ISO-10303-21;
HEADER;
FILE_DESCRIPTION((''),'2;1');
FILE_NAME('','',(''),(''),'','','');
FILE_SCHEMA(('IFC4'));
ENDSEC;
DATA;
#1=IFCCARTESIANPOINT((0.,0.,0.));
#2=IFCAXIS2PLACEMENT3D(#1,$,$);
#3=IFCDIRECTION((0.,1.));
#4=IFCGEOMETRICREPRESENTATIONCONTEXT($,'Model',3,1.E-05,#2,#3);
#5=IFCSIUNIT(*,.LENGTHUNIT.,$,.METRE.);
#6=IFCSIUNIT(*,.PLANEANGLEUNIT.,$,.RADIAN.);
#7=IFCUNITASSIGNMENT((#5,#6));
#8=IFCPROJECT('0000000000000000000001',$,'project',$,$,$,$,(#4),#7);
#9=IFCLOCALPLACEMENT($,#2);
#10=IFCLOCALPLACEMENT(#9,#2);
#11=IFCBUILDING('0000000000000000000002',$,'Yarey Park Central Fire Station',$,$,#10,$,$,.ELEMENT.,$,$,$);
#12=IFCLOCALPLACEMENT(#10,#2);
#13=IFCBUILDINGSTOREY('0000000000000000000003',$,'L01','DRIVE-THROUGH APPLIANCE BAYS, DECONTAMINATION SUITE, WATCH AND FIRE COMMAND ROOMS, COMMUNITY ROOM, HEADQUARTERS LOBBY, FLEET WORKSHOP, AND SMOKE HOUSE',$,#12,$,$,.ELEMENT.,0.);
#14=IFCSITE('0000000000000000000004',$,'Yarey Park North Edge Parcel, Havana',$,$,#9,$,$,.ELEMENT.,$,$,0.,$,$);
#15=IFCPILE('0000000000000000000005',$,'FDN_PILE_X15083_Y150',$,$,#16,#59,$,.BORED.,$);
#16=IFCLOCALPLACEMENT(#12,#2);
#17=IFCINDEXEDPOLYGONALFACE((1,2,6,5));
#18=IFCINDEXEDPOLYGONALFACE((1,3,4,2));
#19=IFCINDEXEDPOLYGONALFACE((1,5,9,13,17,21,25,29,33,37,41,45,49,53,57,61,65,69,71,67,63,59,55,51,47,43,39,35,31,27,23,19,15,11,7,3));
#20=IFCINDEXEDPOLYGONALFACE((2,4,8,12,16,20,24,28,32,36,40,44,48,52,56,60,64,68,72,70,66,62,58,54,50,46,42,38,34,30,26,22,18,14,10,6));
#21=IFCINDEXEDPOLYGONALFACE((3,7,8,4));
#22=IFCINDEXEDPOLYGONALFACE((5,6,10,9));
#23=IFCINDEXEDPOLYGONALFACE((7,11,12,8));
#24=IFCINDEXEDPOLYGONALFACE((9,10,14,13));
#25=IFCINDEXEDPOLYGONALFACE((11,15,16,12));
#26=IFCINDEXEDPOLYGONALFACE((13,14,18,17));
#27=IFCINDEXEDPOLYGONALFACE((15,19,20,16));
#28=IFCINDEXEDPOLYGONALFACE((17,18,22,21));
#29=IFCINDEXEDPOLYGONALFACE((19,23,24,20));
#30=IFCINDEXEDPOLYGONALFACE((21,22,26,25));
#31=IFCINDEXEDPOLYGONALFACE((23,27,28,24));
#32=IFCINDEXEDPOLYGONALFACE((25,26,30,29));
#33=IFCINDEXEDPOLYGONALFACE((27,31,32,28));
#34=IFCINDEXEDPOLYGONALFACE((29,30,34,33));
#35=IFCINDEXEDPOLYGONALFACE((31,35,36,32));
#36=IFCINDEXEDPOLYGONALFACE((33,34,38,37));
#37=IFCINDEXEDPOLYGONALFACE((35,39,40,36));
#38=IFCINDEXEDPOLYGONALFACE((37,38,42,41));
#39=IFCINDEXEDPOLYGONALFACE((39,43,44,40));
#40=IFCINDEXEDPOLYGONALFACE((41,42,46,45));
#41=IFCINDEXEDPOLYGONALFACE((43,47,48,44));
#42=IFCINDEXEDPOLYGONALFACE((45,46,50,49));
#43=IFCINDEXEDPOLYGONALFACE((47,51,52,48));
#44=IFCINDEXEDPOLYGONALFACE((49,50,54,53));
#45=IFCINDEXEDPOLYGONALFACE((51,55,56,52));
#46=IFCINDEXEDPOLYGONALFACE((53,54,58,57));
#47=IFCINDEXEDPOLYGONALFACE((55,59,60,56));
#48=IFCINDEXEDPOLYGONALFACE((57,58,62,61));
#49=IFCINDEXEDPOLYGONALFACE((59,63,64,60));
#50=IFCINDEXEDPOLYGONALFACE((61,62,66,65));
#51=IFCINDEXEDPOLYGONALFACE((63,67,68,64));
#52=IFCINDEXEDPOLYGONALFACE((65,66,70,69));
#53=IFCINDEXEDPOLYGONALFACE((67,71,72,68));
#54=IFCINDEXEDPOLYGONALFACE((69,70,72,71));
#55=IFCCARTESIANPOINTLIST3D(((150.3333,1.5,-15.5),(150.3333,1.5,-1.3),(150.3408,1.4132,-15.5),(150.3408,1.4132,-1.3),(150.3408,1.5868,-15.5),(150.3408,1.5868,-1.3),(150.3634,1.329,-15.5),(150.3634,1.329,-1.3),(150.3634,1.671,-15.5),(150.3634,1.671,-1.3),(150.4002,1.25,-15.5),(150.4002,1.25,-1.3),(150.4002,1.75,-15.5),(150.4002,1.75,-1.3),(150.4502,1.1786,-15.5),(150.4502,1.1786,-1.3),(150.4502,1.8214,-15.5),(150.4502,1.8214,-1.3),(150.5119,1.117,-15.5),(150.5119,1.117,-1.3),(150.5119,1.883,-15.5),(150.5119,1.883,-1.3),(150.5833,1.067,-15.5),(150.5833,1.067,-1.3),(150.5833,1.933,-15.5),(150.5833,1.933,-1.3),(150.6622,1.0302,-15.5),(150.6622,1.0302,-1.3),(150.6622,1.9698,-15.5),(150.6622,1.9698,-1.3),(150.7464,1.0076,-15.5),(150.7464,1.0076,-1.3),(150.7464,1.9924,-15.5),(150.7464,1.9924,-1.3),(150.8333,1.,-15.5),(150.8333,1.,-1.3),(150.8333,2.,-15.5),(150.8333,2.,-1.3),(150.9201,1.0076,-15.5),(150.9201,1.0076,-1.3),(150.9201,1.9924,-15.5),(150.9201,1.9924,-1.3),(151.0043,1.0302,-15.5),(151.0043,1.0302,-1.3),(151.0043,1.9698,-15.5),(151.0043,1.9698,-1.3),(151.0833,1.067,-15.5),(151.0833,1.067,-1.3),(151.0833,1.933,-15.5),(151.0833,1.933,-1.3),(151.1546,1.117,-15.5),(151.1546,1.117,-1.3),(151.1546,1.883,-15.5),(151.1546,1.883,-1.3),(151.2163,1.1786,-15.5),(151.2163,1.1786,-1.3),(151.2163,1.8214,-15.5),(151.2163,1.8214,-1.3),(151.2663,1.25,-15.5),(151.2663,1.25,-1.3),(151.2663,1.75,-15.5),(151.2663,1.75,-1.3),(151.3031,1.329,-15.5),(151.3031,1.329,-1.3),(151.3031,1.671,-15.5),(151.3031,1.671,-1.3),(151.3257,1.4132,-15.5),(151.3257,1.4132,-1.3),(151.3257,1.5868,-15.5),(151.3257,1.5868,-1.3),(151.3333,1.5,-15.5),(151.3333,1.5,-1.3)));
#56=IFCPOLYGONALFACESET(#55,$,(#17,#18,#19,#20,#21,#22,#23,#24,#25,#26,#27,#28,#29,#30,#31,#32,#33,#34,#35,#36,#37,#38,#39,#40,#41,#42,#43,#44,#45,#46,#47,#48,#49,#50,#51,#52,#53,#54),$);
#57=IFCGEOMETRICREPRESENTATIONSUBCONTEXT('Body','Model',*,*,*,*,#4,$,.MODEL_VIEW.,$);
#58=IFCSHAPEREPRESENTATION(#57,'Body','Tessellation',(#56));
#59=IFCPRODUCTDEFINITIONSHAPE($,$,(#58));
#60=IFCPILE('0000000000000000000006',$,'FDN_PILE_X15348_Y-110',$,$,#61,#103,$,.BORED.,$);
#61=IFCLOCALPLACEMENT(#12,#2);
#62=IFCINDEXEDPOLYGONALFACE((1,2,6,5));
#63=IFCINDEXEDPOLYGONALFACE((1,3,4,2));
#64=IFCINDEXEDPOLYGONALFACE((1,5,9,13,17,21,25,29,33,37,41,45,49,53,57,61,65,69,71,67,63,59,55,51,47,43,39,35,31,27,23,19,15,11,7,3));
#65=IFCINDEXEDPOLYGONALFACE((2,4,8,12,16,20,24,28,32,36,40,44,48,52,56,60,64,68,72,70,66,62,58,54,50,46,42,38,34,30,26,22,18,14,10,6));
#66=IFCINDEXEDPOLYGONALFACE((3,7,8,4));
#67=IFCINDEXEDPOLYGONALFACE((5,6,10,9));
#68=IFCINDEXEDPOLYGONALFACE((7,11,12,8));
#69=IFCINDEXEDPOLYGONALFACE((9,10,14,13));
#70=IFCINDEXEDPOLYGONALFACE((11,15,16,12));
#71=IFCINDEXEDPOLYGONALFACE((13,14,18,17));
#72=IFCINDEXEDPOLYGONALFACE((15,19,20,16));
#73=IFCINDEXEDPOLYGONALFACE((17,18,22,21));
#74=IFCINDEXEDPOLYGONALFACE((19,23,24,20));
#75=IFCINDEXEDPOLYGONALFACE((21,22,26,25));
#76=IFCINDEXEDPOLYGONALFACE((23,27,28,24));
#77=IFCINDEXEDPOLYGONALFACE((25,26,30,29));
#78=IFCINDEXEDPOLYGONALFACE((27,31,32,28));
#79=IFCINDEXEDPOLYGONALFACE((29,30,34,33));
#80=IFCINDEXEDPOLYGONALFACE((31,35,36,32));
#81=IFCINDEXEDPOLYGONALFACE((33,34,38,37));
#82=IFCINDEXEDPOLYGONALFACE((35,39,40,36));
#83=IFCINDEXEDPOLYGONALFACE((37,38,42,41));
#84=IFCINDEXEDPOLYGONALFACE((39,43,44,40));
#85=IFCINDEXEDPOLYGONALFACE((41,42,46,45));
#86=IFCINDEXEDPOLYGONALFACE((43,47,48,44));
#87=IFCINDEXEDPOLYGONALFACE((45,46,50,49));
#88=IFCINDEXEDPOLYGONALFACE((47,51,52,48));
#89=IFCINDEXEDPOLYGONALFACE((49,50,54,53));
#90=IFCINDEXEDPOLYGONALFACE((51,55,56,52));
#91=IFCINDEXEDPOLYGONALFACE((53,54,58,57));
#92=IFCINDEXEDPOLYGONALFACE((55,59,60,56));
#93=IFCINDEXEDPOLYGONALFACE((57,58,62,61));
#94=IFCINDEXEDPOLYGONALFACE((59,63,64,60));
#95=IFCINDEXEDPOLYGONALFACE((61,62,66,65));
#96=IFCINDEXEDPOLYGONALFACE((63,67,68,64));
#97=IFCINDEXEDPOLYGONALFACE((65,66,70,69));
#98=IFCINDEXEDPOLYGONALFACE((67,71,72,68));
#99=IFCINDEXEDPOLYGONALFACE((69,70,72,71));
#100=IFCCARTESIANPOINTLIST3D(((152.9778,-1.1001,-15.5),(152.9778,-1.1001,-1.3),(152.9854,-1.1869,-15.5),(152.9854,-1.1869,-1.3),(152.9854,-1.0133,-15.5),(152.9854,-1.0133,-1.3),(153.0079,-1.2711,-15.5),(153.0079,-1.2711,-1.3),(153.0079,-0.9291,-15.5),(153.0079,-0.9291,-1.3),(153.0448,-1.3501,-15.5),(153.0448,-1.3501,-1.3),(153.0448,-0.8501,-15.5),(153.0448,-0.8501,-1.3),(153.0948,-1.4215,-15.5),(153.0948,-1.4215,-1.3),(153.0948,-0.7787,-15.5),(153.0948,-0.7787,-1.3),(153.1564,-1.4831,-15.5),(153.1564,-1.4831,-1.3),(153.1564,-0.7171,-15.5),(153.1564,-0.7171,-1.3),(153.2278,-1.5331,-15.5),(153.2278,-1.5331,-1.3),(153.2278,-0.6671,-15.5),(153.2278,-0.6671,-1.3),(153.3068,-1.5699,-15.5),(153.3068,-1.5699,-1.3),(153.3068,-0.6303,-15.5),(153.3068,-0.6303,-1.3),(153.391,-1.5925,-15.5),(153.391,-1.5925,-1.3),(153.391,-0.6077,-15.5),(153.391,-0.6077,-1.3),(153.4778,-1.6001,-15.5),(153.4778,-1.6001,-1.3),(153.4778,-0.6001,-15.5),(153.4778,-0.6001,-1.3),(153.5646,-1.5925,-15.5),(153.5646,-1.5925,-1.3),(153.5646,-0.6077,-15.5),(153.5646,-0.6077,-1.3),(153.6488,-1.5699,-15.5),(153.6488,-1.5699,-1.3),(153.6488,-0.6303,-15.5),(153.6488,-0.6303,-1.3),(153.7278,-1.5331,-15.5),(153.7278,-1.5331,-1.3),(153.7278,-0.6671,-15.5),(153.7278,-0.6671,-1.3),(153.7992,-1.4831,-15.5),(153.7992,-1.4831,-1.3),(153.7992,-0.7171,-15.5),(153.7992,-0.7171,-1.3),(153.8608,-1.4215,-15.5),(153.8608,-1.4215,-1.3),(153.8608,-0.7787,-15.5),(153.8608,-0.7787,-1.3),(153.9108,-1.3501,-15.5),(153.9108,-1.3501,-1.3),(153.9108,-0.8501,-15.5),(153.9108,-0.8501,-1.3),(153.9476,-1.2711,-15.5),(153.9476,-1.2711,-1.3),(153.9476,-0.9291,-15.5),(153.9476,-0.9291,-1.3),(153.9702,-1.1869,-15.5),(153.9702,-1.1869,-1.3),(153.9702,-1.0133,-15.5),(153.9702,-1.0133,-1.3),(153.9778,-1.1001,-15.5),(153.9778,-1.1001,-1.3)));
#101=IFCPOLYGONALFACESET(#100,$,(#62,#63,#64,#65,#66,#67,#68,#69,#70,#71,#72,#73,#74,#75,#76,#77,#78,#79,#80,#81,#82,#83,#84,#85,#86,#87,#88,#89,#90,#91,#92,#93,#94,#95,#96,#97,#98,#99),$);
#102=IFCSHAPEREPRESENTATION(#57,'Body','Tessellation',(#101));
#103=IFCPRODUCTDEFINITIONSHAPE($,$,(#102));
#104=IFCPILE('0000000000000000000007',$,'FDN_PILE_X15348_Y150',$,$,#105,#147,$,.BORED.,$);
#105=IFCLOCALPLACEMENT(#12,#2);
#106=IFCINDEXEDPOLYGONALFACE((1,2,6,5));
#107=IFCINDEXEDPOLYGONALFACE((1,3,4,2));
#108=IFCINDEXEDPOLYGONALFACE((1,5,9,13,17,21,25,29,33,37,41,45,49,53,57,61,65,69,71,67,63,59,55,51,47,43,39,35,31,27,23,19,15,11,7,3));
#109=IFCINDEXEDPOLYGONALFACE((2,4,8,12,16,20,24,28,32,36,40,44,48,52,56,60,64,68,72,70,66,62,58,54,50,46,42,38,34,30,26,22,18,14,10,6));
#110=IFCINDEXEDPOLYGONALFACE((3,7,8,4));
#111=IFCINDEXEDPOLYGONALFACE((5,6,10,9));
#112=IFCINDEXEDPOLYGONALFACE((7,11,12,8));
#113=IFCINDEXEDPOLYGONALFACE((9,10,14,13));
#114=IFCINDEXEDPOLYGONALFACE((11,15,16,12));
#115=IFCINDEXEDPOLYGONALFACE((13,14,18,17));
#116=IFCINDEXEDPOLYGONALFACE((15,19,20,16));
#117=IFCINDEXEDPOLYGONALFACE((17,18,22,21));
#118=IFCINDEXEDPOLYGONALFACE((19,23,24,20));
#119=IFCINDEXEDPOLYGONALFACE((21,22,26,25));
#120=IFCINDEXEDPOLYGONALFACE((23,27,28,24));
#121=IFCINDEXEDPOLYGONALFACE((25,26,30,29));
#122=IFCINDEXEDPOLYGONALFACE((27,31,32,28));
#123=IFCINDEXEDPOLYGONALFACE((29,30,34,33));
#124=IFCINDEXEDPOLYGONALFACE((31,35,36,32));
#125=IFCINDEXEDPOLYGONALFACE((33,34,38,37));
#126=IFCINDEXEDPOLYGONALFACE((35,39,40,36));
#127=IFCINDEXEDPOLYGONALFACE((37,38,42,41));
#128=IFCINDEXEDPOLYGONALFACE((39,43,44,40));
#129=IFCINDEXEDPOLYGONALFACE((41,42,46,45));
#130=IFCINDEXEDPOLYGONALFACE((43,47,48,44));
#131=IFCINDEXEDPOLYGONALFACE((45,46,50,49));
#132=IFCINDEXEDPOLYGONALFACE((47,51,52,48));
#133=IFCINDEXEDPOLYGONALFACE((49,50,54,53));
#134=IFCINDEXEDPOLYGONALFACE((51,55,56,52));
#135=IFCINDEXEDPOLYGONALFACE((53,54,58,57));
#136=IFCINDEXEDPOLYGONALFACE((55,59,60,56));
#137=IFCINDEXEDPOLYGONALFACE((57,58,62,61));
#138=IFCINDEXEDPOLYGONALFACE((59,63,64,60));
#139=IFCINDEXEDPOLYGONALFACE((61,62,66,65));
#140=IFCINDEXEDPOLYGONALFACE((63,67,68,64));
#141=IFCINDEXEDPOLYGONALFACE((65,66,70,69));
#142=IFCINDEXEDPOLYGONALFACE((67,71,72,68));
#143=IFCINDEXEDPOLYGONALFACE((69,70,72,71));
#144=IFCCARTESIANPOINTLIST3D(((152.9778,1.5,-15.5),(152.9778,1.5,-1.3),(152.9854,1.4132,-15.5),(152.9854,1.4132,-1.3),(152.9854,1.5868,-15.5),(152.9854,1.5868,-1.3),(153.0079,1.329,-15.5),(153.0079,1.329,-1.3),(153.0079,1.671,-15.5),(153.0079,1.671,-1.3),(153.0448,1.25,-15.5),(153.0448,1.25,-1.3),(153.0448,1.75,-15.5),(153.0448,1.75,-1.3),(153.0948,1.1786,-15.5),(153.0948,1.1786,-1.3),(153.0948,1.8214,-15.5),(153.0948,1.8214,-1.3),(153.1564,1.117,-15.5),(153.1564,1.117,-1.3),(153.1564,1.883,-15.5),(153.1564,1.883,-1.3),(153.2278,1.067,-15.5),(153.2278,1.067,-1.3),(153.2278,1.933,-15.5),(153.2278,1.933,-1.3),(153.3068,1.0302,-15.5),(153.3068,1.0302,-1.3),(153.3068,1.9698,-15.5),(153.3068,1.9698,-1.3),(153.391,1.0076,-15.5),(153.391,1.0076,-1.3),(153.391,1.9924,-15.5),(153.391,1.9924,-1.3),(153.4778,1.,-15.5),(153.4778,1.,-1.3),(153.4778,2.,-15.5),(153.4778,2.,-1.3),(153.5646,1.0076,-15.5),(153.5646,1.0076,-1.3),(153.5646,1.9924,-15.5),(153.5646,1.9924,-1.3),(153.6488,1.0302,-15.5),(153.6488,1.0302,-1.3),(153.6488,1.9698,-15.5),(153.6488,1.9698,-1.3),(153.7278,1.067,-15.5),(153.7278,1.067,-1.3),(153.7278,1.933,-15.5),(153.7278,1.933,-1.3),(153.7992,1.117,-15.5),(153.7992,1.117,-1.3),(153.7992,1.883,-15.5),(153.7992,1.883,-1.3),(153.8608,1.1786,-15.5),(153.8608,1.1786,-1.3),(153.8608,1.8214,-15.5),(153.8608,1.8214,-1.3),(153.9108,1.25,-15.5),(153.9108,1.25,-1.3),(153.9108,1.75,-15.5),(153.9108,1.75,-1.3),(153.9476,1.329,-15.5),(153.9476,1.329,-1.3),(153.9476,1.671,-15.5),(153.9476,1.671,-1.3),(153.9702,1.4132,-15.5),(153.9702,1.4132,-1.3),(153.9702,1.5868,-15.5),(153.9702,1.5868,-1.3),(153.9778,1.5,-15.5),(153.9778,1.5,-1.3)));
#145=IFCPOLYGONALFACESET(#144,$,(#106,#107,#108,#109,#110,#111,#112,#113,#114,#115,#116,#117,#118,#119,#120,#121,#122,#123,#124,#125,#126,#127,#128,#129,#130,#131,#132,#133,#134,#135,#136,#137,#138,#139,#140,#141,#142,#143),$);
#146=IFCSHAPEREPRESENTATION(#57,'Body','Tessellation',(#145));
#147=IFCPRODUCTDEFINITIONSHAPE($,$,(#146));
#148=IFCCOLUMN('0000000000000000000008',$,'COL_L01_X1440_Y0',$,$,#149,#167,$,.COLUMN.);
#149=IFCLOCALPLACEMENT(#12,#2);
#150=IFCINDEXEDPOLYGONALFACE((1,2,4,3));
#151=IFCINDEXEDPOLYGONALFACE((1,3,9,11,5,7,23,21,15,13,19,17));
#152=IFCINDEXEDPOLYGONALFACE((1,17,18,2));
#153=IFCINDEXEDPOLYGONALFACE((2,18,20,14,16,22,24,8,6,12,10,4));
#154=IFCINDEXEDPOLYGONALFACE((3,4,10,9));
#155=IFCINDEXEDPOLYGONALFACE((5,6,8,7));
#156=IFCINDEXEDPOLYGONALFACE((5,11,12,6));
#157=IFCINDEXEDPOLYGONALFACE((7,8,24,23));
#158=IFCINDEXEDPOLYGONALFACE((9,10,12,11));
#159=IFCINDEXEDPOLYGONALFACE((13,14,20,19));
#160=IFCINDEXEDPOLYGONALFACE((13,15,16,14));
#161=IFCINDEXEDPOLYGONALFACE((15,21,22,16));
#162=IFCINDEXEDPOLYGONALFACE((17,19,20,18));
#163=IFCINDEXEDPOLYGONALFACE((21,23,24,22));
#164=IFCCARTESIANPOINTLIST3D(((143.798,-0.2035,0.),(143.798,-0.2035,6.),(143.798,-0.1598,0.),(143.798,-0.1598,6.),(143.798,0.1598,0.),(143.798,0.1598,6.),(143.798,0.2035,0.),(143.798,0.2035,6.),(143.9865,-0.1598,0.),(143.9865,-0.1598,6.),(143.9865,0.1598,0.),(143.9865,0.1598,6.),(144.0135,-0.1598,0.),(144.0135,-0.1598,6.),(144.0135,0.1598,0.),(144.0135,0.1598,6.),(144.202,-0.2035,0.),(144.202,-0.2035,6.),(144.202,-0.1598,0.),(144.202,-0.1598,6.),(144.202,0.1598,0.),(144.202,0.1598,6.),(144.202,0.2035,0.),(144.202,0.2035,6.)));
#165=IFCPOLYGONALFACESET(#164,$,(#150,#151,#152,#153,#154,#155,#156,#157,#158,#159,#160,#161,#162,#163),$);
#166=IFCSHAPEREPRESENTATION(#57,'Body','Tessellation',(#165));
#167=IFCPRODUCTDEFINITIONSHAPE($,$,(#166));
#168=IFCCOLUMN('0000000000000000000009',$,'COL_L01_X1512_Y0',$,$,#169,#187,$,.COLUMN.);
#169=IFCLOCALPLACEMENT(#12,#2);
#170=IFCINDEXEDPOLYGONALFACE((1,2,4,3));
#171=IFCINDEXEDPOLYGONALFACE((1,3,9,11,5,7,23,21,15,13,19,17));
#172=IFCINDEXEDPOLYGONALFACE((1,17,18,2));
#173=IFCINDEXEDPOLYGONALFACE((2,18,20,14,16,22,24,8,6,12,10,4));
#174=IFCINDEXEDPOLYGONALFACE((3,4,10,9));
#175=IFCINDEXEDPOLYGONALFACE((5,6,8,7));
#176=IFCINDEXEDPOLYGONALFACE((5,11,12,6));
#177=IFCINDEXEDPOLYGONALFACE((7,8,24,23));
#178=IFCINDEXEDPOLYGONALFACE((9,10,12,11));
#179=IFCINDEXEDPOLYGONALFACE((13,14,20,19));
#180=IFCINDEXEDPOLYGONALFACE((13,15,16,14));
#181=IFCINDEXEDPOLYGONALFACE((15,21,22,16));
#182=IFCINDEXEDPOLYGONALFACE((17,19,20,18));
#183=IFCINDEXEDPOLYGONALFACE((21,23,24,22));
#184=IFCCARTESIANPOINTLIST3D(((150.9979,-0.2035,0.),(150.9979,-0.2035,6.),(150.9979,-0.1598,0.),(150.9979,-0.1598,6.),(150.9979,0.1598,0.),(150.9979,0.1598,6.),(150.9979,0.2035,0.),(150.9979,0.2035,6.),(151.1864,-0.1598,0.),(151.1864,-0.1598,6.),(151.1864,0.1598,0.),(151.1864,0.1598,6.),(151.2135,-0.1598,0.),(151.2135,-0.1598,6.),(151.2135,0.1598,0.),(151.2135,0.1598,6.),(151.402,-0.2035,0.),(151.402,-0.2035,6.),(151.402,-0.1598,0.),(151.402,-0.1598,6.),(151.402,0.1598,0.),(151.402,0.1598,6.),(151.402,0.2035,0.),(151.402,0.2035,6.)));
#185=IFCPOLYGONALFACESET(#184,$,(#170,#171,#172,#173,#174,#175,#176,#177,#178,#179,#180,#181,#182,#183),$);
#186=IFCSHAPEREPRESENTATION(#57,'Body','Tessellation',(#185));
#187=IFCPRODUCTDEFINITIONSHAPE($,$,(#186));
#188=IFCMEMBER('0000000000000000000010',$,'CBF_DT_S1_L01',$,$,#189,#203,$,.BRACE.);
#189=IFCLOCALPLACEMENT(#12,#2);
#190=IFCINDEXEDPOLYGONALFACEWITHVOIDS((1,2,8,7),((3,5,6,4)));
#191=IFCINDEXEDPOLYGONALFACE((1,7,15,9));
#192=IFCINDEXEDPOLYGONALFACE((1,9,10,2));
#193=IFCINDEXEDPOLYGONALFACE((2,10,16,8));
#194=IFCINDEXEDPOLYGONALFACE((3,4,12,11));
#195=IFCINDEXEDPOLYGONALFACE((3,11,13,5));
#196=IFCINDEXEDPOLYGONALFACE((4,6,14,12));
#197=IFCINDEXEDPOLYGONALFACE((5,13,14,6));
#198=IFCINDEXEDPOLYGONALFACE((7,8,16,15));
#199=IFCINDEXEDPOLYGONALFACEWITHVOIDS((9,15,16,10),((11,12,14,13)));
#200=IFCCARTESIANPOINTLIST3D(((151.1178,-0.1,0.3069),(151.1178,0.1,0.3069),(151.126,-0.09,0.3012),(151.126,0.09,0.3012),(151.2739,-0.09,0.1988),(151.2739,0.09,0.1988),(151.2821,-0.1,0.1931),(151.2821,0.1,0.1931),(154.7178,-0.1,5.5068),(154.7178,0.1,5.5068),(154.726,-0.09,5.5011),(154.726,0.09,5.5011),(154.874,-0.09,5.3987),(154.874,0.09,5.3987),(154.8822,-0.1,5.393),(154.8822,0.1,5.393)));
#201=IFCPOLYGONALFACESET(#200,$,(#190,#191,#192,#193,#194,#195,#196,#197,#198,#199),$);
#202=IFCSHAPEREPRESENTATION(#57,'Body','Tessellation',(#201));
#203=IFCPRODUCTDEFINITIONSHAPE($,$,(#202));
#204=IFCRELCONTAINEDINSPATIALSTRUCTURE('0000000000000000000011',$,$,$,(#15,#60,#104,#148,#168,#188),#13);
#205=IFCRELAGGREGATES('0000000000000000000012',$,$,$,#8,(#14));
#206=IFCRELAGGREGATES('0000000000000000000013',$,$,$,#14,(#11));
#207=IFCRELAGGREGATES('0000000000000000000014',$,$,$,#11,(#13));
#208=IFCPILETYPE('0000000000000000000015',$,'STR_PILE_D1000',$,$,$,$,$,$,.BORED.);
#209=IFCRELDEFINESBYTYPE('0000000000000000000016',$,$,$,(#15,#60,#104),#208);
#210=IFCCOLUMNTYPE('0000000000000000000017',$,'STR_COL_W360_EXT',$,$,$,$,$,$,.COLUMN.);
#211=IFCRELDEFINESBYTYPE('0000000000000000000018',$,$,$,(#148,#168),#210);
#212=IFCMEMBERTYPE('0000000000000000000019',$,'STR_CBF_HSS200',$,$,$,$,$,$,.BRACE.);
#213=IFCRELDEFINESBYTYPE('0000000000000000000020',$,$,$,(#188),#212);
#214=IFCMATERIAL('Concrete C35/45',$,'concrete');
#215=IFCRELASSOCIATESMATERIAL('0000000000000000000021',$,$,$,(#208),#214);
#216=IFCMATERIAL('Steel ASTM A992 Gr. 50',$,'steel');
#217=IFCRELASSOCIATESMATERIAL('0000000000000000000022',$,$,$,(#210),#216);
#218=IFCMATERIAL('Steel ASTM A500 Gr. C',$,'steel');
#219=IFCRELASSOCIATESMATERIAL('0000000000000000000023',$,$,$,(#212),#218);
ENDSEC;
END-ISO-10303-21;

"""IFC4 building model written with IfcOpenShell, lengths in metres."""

from ifc_helpers import new_model, si_unit, direction, frame, origin, origin_2d, place, context, subcontext, project, spatial, hollow_rectangle, circle, i_section, extrude, material, material_profile, profile_set, type_object, element, save


model = new_model("IFC4")

# Units and contexts
model_context = context("Model", 3, precision=1e-05, world=origin(), true_north=direction((0.0, 1.0)))
body_context = subcontext(model_context, "Body", "Model", "MODEL_VIEW")
ifc_project = project(units=[si_unit("LENGTHUNIT", "METRE"), si_unit("PLANEANGLEUNIT", "RADIAN")], contexts=[model_context])

# Site, building, storey
site_placement = place(None, origin())
site = spatial("IfcSite", under=ifc_project, at=site_placement, Name="Yarey Park North Edge Parcel, Havana", CompositionType="ELEMENT", RefElevation=0.0)
building_placement = place(site_placement, origin())
building = spatial("IfcBuilding", under=site, at=building_placement, Name="Yarey Park Central Fire Station", CompositionType="ELEMENT")
storey_placement = place(building_placement, origin())
storey = spatial("IfcBuildingStorey", under=building, at=storey_placement, Name="L01", Description="DRIVE-THROUGH APPLIANCE BAYS, DECONTAMINATION SUITE, WATCH AND FIRE COMMAND ROOMS, COMMUNITY ROOM, HEADQUARTERS LOBBY, FLEET WORKSHOP, AND SMOKE HOUSE", CompositionType="ELEMENT", Elevation=0.0)

# Piles
ifc_material_1 = material(Name="Concrete C35/45", Category="concrete")
ifc_material_profile_1 = material_profile(ifc_material_1, circle(Radius=0.5, at=origin_2d()), Name="BORED PILE D1000")
ifc_profile_set_1 = profile_set([ifc_material_profile_1], Name="Concrete C35/45")
pile_type = type_object("IfcPileType", Name="STR_PILE_D1000", PredefinedType="BORED", material=ifc_profile_set_1)
for number, where, z_axis, x_axis, name in (
    (1, (150.8333, 1.5, -1.3), (0.0, 0.0, -1.0), (1.0, 0.0, 0.0), "FDN_PILE_X15083_Y150"),
    (2, (153.4778, -1.1001, -1.3), (0.0, 0.0, -1.0), (1.0, 0.0, 0.0), "FDN_PILE_X15348_Y-110"),
    (3, (153.4778, 1.5, -1.3), (0.0, 0.0, -1.0), (1.0, 0.0, 0.0), "FDN_PILE_X15348_Y150"),
):
    element("IfcPile", number, at=place(storey_placement, frame(where, z_axis=z_axis, x_axis=x_axis)), inside=storey, type_object=pile_type, Name=name, PredefinedType="BORED", context=body_context, shape_type="SweptSolid", body=[
        extrude(circle(Radius=0.5, at=origin_2d()), origin(), (0.0, 0.0, 1.0), 14.2),
    ])

# Columns
ifc_material_2 = material(Name="Steel ASTM A992 Gr. 50", Category="steel")
ifc_material_profile_2 = material_profile(ifc_material_2, i_section(OverallWidth=0.4041, OverallDepth=0.407, WebThickness=0.0271, FlangeThickness=0.0437, at=origin_2d()), Name="W360x347")
ifc_profile_set_2 = profile_set([ifc_material_profile_2], Name="Steel ASTM A992 Gr. 50")
column_type = type_object("IfcColumnType", Name="STR_COL_W360_EXT", PredefinedType="COLUMN", material=ifc_profile_set_2)
for number, where, z_axis, x_axis, name in (
    (4, (144.0, 0.0, 0.0), (0.0, 0.0, 1.0), (1.0, 0.0, 0.0), "COL_L01_X1440_Y0"),
    (5, (151.2, 0.0, 0.0), (0.0, 0.0, 1.0), (1.0, 0.0, 0.0), "COL_L01_X1512_Y0"),
):
    element("IfcColumn", number, at=place(storey_placement, frame(where, z_axis=z_axis, x_axis=x_axis)), inside=storey, type_object=column_type, Name=name, PredefinedType="COLUMN", context=body_context, shape_type="SweptSolid", body=[
        extrude(i_section(OverallWidth=0.4041, OverallDepth=0.407, WebThickness=0.0271, FlangeThickness=0.0437, at=origin_2d()), origin(), (0.0, 0.0, 1.0), 6.0),
    ])

# Member
ifc_material_3 = material(Name="Steel ASTM A500 Gr. C", Category="steel")
ifc_material_profile_3 = material_profile(ifc_material_3, hollow_rectangle(XDim=0.2, YDim=0.2, WallThickness=0.01, at=origin_2d()), Name="HSS 200x200x10")
ifc_profile_set_3 = profile_set([ifc_material_profile_3], Name="Steel ASTM A500 Gr. C")
member_type = type_object("IfcMemberType", Name="STR_CBF_HSS200", PredefinedType="BRACE", material=ifc_profile_set_3)
member_placement = place(storey_placement, frame((151.2, 0.0, 0.25), z_axis=(0.569224, 0.0, 0.822182), x_axis=(0.0, 1.0, 0.0)))
element("IfcMember", 6, at=member_placement, inside=storey, type_object=member_type, Name="CBF_DT_S1_L01", PredefinedType="BRACE", context=body_context, shape_type="SweptSolid", body=[
    extrude(hollow_rectangle(XDim=0.2, YDim=0.2, WallThickness=0.01, at=origin_2d()), origin(), (0.0, 0.0, 1.0), 6.3245),
])

save(model, "model.ifc")
